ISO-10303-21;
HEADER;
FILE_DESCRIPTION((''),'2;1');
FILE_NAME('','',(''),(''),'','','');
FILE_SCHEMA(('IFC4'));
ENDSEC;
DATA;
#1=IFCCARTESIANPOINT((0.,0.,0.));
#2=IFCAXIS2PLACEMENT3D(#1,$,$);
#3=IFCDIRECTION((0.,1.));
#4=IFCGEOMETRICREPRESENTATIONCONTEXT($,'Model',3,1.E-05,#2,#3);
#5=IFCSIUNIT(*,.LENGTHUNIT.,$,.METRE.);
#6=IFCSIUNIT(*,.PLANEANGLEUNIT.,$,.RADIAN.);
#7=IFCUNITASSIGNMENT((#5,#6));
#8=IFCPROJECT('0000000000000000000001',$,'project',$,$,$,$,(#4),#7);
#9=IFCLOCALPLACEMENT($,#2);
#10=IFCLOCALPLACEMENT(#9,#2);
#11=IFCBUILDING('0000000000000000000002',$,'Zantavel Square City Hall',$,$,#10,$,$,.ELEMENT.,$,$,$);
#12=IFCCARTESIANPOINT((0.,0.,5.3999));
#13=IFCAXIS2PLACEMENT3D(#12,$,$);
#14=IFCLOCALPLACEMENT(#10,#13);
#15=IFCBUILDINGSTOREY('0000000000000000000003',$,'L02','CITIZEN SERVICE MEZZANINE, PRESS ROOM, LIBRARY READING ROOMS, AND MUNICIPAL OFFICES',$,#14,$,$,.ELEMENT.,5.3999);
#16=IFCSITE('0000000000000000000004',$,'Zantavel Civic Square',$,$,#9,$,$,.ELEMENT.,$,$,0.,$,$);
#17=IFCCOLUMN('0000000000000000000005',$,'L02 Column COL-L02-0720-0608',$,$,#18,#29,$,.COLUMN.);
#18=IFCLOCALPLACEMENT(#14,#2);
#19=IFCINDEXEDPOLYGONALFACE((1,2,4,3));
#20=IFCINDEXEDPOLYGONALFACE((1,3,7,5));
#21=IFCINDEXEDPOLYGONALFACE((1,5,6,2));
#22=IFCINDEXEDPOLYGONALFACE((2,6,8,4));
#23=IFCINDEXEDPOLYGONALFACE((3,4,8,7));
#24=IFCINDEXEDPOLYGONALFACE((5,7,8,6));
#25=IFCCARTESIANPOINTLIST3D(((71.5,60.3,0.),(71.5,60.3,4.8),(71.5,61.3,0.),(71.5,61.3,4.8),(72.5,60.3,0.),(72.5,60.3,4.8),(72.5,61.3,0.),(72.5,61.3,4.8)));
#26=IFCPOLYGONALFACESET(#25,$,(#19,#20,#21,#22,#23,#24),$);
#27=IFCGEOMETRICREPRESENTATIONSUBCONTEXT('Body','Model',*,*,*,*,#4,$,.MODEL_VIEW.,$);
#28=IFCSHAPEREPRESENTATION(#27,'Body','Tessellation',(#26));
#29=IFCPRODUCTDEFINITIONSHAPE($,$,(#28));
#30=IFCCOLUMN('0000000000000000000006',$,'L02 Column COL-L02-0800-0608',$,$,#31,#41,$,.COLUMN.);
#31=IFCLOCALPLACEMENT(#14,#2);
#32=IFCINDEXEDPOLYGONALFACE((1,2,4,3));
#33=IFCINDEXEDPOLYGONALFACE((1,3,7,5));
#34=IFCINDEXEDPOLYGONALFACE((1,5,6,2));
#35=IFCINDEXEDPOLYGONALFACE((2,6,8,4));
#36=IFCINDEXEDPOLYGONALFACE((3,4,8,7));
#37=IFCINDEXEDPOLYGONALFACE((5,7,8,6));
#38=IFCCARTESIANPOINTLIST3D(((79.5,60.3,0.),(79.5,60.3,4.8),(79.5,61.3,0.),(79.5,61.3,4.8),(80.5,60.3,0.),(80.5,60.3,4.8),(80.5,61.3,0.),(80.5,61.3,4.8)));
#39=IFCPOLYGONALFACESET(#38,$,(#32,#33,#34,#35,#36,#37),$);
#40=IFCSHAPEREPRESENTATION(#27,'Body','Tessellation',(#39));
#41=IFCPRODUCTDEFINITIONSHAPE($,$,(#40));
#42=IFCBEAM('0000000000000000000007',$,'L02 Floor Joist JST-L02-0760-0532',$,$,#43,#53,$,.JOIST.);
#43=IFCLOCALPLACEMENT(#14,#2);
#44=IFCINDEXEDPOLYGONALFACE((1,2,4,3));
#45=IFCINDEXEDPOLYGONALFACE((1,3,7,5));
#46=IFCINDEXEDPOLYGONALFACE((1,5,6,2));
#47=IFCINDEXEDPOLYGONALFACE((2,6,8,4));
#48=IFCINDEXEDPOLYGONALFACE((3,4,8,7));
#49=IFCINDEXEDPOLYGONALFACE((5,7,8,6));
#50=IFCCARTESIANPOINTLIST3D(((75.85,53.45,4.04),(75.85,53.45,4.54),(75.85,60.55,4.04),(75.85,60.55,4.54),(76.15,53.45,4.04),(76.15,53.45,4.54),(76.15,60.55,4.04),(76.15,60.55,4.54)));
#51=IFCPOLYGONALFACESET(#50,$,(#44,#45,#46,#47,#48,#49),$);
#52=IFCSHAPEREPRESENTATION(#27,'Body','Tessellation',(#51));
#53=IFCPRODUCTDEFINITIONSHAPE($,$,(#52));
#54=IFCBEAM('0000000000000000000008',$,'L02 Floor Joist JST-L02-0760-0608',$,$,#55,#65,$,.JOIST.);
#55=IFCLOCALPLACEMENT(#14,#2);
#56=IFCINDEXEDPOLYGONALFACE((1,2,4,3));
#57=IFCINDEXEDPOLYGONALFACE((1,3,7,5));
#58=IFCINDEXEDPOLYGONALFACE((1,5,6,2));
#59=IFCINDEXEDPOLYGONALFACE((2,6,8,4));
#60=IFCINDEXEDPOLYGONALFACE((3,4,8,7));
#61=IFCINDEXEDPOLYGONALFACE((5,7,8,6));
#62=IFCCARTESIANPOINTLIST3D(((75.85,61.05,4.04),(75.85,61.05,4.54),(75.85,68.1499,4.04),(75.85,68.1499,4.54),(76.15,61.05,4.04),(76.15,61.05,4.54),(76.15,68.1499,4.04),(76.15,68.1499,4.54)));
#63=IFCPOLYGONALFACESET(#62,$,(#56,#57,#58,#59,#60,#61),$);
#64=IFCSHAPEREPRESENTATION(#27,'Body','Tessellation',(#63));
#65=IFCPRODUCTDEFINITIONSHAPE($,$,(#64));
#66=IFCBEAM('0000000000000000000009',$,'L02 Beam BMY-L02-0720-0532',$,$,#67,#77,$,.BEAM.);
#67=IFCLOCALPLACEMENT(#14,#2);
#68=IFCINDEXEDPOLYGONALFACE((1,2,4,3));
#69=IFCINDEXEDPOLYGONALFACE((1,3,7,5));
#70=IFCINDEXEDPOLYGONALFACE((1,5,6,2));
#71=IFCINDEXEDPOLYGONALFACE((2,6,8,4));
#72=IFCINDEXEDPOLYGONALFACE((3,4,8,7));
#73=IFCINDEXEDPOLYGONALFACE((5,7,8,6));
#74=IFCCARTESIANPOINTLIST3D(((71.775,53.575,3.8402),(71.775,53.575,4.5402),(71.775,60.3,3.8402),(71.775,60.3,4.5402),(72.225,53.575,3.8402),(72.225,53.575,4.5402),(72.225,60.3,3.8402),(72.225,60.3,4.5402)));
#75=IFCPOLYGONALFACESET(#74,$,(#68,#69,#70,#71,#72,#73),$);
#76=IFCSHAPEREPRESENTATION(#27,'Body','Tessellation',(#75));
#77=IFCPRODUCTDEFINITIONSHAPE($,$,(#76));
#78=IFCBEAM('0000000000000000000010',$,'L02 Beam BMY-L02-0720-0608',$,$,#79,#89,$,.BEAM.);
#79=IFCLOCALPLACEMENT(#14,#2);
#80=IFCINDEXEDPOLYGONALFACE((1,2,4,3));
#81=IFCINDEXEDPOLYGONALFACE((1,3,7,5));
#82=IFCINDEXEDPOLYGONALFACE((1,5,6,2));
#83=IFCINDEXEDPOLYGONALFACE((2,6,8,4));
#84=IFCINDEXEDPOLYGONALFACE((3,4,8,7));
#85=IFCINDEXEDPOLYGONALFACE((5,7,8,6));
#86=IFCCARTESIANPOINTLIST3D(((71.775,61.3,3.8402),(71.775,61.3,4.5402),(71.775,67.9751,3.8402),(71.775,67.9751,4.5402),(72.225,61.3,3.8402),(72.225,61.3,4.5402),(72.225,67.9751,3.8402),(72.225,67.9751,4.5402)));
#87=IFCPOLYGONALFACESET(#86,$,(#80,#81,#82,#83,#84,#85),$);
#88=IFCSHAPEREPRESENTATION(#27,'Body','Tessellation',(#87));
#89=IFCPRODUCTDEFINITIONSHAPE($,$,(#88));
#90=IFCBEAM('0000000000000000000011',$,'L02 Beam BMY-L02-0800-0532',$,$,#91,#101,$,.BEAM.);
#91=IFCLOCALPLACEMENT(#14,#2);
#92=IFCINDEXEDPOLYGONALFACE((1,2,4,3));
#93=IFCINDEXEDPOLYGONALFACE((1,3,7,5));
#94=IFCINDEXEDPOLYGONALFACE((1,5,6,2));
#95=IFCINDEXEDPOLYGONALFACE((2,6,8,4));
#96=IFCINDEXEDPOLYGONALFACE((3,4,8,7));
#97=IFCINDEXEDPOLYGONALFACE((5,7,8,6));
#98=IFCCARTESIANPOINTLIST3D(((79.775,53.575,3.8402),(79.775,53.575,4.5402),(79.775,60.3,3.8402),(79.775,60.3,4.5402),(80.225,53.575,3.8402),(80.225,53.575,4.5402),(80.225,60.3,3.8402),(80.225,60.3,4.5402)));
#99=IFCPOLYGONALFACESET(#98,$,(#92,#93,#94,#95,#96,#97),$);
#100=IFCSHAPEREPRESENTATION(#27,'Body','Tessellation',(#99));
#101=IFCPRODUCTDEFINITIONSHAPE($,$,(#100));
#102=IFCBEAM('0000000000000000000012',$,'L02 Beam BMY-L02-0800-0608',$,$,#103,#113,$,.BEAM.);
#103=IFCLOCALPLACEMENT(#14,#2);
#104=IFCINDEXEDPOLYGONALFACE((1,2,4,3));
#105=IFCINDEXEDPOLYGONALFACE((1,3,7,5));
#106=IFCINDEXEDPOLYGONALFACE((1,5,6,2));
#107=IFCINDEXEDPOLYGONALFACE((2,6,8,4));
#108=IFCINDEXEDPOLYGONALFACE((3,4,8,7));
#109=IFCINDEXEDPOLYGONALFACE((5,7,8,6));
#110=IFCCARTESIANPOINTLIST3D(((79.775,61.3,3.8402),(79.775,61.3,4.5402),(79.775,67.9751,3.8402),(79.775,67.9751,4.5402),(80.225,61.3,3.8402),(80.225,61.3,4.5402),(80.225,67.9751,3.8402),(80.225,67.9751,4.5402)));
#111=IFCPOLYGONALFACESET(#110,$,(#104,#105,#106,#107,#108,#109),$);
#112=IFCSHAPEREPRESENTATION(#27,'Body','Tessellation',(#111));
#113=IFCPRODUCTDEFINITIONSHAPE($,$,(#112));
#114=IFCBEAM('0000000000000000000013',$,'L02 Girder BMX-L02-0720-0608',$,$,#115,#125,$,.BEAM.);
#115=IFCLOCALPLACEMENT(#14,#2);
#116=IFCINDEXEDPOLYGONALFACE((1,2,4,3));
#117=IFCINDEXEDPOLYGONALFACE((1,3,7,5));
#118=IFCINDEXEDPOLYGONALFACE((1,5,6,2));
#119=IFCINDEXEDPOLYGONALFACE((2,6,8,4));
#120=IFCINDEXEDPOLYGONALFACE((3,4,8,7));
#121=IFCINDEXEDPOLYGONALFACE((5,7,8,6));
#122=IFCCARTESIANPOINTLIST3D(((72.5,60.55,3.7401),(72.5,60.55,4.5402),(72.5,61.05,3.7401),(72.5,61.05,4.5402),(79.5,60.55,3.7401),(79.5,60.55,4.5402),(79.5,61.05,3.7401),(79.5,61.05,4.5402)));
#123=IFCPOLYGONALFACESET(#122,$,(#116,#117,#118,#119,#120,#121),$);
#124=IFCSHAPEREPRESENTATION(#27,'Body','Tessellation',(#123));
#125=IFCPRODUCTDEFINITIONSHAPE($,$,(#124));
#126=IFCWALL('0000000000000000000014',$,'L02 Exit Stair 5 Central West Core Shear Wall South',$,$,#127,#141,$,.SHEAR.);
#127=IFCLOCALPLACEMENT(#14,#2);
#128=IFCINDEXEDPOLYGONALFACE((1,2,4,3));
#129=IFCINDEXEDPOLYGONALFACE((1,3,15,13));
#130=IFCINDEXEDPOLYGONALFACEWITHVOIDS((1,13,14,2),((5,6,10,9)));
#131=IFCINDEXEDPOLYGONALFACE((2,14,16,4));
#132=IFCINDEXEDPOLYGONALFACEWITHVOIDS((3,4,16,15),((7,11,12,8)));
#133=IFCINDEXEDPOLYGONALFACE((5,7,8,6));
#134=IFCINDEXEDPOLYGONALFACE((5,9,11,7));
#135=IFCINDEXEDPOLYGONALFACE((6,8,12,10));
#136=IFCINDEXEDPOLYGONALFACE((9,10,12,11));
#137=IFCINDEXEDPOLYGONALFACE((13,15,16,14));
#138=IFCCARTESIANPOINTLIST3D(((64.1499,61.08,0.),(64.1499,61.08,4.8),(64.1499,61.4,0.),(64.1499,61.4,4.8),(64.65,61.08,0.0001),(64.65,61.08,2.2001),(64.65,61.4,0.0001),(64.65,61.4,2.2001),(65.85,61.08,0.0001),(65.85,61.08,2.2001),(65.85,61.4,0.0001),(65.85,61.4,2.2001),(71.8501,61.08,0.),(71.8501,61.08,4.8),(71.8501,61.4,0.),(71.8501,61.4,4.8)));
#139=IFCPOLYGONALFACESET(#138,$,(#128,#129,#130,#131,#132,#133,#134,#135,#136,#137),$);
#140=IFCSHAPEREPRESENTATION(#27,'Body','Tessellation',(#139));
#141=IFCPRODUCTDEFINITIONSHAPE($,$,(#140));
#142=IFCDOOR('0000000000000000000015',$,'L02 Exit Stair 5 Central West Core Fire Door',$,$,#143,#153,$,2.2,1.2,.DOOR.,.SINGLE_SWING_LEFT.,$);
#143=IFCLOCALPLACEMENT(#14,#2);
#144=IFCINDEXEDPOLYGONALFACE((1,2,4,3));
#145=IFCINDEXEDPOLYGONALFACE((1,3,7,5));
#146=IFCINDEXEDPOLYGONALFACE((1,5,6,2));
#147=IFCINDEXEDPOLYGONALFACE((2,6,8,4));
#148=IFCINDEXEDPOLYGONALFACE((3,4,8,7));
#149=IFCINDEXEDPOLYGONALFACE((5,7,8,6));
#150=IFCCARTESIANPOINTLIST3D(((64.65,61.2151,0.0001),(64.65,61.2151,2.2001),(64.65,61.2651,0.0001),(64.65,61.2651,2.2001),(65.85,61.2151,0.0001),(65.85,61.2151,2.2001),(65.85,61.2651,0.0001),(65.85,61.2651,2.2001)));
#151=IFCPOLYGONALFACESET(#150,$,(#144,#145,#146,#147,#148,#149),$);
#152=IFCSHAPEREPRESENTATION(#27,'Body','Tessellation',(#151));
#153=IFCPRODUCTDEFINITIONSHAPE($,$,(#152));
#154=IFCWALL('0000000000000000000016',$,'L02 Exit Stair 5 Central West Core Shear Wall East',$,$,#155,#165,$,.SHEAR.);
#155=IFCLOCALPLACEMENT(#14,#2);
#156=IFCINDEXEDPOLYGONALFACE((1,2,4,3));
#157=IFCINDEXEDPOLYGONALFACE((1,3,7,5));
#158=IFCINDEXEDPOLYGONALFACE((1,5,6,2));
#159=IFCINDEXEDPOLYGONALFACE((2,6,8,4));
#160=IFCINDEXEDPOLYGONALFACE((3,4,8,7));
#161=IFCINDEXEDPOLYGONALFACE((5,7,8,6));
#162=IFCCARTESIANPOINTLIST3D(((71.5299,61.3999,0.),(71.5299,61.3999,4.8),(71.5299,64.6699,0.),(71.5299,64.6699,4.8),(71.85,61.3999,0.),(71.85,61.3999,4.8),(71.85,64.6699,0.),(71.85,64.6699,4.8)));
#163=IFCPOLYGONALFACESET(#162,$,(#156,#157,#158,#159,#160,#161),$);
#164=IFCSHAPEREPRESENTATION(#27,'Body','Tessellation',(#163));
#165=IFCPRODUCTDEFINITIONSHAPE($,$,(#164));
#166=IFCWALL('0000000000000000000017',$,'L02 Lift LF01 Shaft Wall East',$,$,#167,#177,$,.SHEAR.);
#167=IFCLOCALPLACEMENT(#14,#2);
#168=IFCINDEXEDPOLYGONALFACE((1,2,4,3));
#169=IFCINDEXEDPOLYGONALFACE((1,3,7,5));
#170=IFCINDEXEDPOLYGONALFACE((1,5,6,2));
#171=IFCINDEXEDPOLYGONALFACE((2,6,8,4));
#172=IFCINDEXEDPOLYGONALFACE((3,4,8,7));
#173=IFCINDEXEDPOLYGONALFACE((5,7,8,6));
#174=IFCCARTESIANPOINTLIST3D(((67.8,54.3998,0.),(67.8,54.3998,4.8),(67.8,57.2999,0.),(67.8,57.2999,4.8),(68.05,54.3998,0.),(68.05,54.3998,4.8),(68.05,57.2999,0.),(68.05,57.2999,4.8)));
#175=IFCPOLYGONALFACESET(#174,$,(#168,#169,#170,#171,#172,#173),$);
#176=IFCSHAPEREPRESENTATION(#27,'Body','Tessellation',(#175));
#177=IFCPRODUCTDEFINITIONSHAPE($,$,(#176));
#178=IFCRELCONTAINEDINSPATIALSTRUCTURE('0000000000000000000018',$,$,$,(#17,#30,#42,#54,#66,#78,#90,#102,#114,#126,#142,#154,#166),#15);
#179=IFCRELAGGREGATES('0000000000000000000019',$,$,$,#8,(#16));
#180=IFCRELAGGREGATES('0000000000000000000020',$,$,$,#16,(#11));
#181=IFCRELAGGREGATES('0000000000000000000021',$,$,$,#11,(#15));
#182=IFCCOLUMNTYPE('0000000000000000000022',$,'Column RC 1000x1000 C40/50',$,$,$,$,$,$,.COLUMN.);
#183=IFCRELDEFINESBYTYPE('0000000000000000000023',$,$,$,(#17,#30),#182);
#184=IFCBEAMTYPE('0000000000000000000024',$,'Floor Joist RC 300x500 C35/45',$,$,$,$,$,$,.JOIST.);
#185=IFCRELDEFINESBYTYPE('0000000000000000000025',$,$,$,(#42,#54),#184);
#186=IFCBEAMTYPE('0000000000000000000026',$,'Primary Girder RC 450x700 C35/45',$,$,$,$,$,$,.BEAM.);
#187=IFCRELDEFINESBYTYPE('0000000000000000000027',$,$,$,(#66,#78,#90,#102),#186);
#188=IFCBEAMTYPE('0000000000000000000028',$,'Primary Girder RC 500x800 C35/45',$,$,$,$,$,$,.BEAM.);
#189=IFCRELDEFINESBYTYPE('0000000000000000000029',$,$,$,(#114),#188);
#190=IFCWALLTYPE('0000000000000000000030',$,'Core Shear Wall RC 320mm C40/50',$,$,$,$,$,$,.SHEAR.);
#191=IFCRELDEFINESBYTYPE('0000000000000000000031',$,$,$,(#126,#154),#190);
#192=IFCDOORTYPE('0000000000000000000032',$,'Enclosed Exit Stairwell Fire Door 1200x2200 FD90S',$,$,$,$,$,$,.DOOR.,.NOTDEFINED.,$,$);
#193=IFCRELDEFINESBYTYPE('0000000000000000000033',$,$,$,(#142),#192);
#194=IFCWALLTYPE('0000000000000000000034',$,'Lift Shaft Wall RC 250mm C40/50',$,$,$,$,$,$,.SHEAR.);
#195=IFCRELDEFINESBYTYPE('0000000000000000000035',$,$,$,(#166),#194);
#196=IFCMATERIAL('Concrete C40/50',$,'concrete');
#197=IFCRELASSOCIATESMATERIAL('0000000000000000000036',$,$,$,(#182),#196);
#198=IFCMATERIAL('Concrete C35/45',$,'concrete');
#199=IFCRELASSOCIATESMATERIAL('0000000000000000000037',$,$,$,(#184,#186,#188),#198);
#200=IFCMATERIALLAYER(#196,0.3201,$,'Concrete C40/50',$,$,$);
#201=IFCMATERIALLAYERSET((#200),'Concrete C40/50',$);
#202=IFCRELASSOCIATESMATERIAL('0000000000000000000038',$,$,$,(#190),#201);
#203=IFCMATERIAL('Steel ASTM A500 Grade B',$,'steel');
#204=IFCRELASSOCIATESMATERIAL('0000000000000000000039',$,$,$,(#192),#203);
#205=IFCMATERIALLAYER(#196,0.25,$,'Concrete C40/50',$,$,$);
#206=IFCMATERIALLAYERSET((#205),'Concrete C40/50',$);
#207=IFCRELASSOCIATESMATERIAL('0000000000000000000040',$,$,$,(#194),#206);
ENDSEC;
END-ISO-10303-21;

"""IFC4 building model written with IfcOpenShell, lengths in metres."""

from ifc_helpers import new_model, si_unit, direction, frame, frame_2d, origin, origin_2d, place, context, subcontext, project, spatial, rectangle, extrude, material, layer, layer_set, material_profile, profile_set, type_object, element, fill, save


model = new_model("IFC4")

# Units and contexts
model_context = context("Model", 3, precision=1e-05, world=origin(), true_north=direction((0.0, 1.0)))
body_context = subcontext(model_context, "Body", "Model", "MODEL_VIEW")
ifc_project = project(units=[si_unit("LENGTHUNIT", "METRE"), si_unit("PLANEANGLEUNIT", "RADIAN")], contexts=[model_context])

# Site, building, storey
site_placement = place(None, origin())
site = spatial("IfcSite", under=ifc_project, at=site_placement, Name="Zantavel Civic Square", CompositionType="ELEMENT", RefElevation=0.0)
building_placement = place(site_placement, origin())
building = spatial("IfcBuilding", under=site, at=building_placement, Name="Zantavel Square City Hall", CompositionType="ELEMENT")
storey_placement = place(building_placement, frame((0.0, 0.0, 5.3999)))
storey = spatial("IfcBuildingStorey", under=building, at=storey_placement, Name="L02", Description="CITIZEN SERVICE MEZZANINE, PRESS ROOM, LIBRARY READING ROOMS, AND MUNICIPAL OFFICES", CompositionType="ELEMENT", Elevation=5.3999)

# Columns
ifc_material_1 = material(Name="Concrete C40/50", Category="concrete")
ifc_material_profile_1 = material_profile(ifc_material_1, rectangle(XDim=1.0, YDim=1.0, at=origin_2d()), Name="RC 1000x1000")
ifc_profile_set_1 = profile_set([ifc_material_profile_1], Name="Concrete C40/50")
column_type = type_object("IfcColumnType", Name="Column RC 1000x1000 C40/50", PredefinedType="COLUMN", material=ifc_profile_set_1)
for number, where, z_axis, x_axis, name in (
    (1, (72.0, 60.8, 0.0), (0.0, 0.0, 1.0), (1.0, 0.0, 0.0), "L02 Column COL-L02-0720-0608"),
    (2, (80.0, 60.8, 0.0), (0.0, 0.0, 1.0), (1.0, 0.0, 0.0), "L02 Column COL-L02-0800-0608"),
):
    element("IfcColumn", number, at=place(storey_placement, frame(where, z_axis=z_axis, x_axis=x_axis)), inside=storey, type_object=column_type, Name=name, PredefinedType="COLUMN", context=body_context, shape_type="SweptSolid", body=[
        extrude(rectangle(XDim=1.0, YDim=1.0, at=origin_2d()), origin(), (0.0, 0.0, 1.0), 4.8),
    ])

# Beams
ifc_material_2 = material(Name="Concrete C35/45", Category="concrete")
ifc_material_profile_2 = material_profile(ifc_material_2, rectangle(XDim=0.3, YDim=0.5, at=origin_2d()), Name="RC 300x500")
ifc_profile_set_2 = profile_set([ifc_material_profile_2], Name="Concrete C35/45")
beam_type_1 = type_object("IfcBeamType", Name="Floor Joist RC 300x500 C35/45", PredefinedType="JOIST", material=ifc_profile_set_2)
beam_1_placement = place(storey_placement, frame((76.0, 53.45, 4.29), z_axis=(0.0, 1.0, 0.0), x_axis=(-1.0, 0.0, 0.0)))
element("IfcBeam", 3, at=beam_1_placement, inside=storey, type_object=beam_type_1, Name="L02 Floor Joist JST-L02-0760-0532", PredefinedType="JOIST", context=body_context, shape_type="SweptSolid", body=[
    extrude(rectangle(XDim=0.3, YDim=0.5, at=origin_2d()), origin(), (0.0, 0.0, 1.0), 7.1001),
])
beam_2_placement = place(storey_placement, frame((76.0, 61.05, 4.29), z_axis=(0.0, 1.0, 0.0), x_axis=(-1.0, 0.0, 0.0)))
element("IfcBeam", 4, at=beam_2_placement, inside=storey, type_object=beam_type_1, Name="L02 Floor Joist JST-L02-0760-0608", PredefinedType="JOIST", context=body_context, shape_type="SweptSolid", body=[
    extrude(rectangle(XDim=0.3, YDim=0.5, at=origin_2d()), origin(), (0.0, 0.0, 1.0), 7.0999),
])
ifc_material_profile_3 = material_profile(ifc_material_2, rectangle(XDim=0.45, YDim=0.7, at=origin_2d()), Name="RC 450x700")
ifc_profile_set_3 = profile_set([ifc_material_profile_3], Name="Concrete C35/45")
beam_type_2 = type_object("IfcBeamType", Name="Primary Girder RC 450x700 C35/45", PredefinedType="BEAM", material=ifc_profile_set_3)
beam_3_placement = place(storey_placement, frame((72.0, 53.575, 4.1902), z_axis=(0.0, 1.0, 0.0), x_axis=(-1.0, 0.0, 0.0)))
element("IfcBeam", 5, at=beam_3_placement, inside=storey, type_object=beam_type_2, Name="L02 Beam BMY-L02-0720-0532", PredefinedType="BEAM", context=body_context, shape_type="SweptSolid", body=[
    extrude(rectangle(XDim=0.45, YDim=0.7, at=origin_2d()), origin(), (0.0, 0.0, 1.0), 6.7251),
])
beam_4_placement = place(storey_placement, frame((72.0, 61.3, 4.1902), z_axis=(0.0, 1.0, 0.0), x_axis=(-1.0, 0.0, 0.0)))
element("IfcBeam", 6, at=beam_4_placement, inside=storey, type_object=beam_type_2, Name="L02 Beam BMY-L02-0720-0608", PredefinedType="BEAM", context=body_context, shape_type="SweptSolid", body=[
    extrude(rectangle(XDim=0.45, YDim=0.7, at=origin_2d()), origin(), (0.0, 0.0, 1.0), 6.675),
])
beam_5_placement = place(storey_placement, frame((80.0, 53.575, 4.1902), z_axis=(0.0, 1.0, 0.0), x_axis=(-1.0, 0.0, 0.0)))
element("IfcBeam", 7, at=beam_5_placement, inside=storey, type_object=beam_type_2, Name="L02 Beam BMY-L02-0800-0532", PredefinedType="BEAM", context=body_context, shape_type="SweptSolid", body=[
    extrude(rectangle(XDim=0.45, YDim=0.7, at=origin_2d()), origin(), (0.0, 0.0, 1.0), 6.7251),
])
beam_6_placement = place(storey_placement, frame((80.0, 61.3, 4.1902), z_axis=(0.0, 1.0, 0.0), x_axis=(-1.0, 0.0, 0.0)))
element("IfcBeam", 8, at=beam_6_placement, inside=storey, type_object=beam_type_2, Name="L02 Beam BMY-L02-0800-0608", PredefinedType="BEAM", context=body_context, shape_type="SweptSolid", body=[
    extrude(rectangle(XDim=0.45, YDim=0.7, at=origin_2d()), origin(), (0.0, 0.0, 1.0), 6.675),
])
ifc_material_profile_4 = material_profile(ifc_material_2, rectangle(XDim=0.5, YDim=0.8, at=origin_2d()), Name="RC 500x800")
ifc_profile_set_4 = profile_set([ifc_material_profile_4], Name="Concrete C35/45")
beam_type_3 = type_object("IfcBeamType", Name="Primary Girder RC 500x800 C35/45", PredefinedType="BEAM", material=ifc_profile_set_4)
beam_7_placement = place(storey_placement, frame((72.5, 60.8, 4.1401), z_axis=(1.0, 0.0, 0.0), x_axis=(0.0, 1.0, 0.0)))
element("IfcBeam", 9, at=beam_7_placement, inside=storey, type_object=beam_type_3, Name="L02 Girder BMX-L02-0720-0608", PredefinedType="BEAM", context=body_context, shape_type="SweptSolid", body=[
    extrude(rectangle(XDim=0.5, YDim=0.8, at=origin_2d()), origin(), (0.0, 0.0, 1.0), 7.0),
])

# Wall, opening, door
ifc_layer_1 = layer(ifc_material_1, 0.3201, Name="Concrete C40/50")
ifc_layer_set_1 = layer_set([ifc_layer_1], Name="Concrete C40/50")
wall_type_1 = type_object("IfcWallType", Name="Core Shear Wall RC 320mm C40/50", PredefinedType="SHEAR", material=ifc_layer_set_1)
wall_1_placement = place(storey_placement, frame((71.8501, 61.24, 0.0), z_axis=(0.0, 0.0, 1.0), x_axis=(-1.0, 0.0, 0.0)))
wall_1 = element("IfcWall", 10, at=wall_1_placement, inside=storey, type_object=wall_type_1, Name="L02 Exit Stair 5 Central West Core Shear Wall South", PredefinedType="SHEAR", context=body_context, shape_type="SweptSolid", body=[
    extrude(rectangle(XDim=7.7002, YDim=0.3201, at=frame_2d((3.8501, 0.0))), origin(), (0.0, 0.0, 1.0), 4.8),
])
opening_1_placement = place(wall_1_placement, frame((6.0, 0.0, 0.0)))
opening_1 = element("IfcOpeningElement", 11, at=opening_1_placement, cuts=wall_1, PredefinedType="OPENING", context=body_context, shape_type="SweptSolid", body=[
    extrude(rectangle(XDim=1.2, YDim=2.2, at=frame_2d((0.6001, 1.1001))), frame((0.0, 0.1699, 0.0), z_axis=(0.0, -1.0, 0.0), x_axis=(1.0, 0.0, 0.0)), (0.0, 0.0, 1.0), 0.3401),
])
ifc_material_3 = material(Name="Steel ASTM A500 Grade B", Category="steel")
door_type_1 = type_object("IfcDoorType", Name="Enclosed Exit Stairwell Fire Door 1200x2200 FD90S", OperationType="NOTDEFINED", PredefinedType="DOOR", material=ifc_material_3)
door_1_placement = place(opening_1_placement, origin())
door_1 = element("IfcDoor", 12, at=door_1_placement, inside=storey, type_object=door_type_1, Name="L02 Exit Stair 5 Central West Core Fire Door", OperationType="SINGLE_SWING_LEFT", OverallHeight=2.2, OverallWidth=1.2, PredefinedType="DOOR", context=body_context, shape_type="SweptSolid", body=[
    extrude(rectangle(XDim=1.2, YDim=2.2, at=frame_2d((0.6001, 1.1001))), frame((0.0, 0.0249, 0.0), z_axis=(0.0, -1.0, 0.0), x_axis=(1.0, 0.0, 0.0)), (0.0, 0.0, 1.0), 0.05),
])
fill(opening_1, door_1)

# Wall
wall_2_placement = place(storey_placement, frame((71.6899, 64.6699, 0.0), z_axis=(0.0, 0.0, 1.0), x_axis=(0.0, -1.0, 0.0)))
element("IfcWall", 13, at=wall_2_placement, inside=storey, type_object=wall_type_1, Name="L02 Exit Stair 5 Central West Core Shear Wall East", PredefinedType="SHEAR", context=body_context, shape_type="SweptSolid", body=[
    extrude(rectangle(XDim=3.27, YDim=0.3201, at=frame_2d((1.635, 0.0))), origin(), (0.0, 0.0, 1.0), 4.8),
])

# Shared definitions
ifc_layer_2 = layer(ifc_material_1, 0.25, Name="Concrete C40/50")
ifc_layer_set_2 = layer_set([ifc_layer_2], Name="Concrete C40/50")
wall_type_2 = type_object("IfcWallType", Name="Lift Shaft Wall RC 250mm C40/50", PredefinedType="SHEAR", material=ifc_layer_set_2)

# Wall
wall_3_placement = place(storey_placement, frame((67.925, 57.3, 0.0), z_axis=(0.0, 0.0, 1.0), x_axis=(0.0, -1.0, 0.0)))
element("IfcWall", 14, at=wall_3_placement, inside=storey, type_object=wall_type_2, Name="L02 Lift LF01 Shaft Wall East", PredefinedType="SHEAR", context=body_context, shape_type="SweptSolid", body=[
    extrude(rectangle(XDim=2.9001, YDim=0.25, at=frame_2d((1.4502, 0.0))), origin(), (0.0, 0.0, 1.0), 4.8),
])

save(model, "model.ifc")
